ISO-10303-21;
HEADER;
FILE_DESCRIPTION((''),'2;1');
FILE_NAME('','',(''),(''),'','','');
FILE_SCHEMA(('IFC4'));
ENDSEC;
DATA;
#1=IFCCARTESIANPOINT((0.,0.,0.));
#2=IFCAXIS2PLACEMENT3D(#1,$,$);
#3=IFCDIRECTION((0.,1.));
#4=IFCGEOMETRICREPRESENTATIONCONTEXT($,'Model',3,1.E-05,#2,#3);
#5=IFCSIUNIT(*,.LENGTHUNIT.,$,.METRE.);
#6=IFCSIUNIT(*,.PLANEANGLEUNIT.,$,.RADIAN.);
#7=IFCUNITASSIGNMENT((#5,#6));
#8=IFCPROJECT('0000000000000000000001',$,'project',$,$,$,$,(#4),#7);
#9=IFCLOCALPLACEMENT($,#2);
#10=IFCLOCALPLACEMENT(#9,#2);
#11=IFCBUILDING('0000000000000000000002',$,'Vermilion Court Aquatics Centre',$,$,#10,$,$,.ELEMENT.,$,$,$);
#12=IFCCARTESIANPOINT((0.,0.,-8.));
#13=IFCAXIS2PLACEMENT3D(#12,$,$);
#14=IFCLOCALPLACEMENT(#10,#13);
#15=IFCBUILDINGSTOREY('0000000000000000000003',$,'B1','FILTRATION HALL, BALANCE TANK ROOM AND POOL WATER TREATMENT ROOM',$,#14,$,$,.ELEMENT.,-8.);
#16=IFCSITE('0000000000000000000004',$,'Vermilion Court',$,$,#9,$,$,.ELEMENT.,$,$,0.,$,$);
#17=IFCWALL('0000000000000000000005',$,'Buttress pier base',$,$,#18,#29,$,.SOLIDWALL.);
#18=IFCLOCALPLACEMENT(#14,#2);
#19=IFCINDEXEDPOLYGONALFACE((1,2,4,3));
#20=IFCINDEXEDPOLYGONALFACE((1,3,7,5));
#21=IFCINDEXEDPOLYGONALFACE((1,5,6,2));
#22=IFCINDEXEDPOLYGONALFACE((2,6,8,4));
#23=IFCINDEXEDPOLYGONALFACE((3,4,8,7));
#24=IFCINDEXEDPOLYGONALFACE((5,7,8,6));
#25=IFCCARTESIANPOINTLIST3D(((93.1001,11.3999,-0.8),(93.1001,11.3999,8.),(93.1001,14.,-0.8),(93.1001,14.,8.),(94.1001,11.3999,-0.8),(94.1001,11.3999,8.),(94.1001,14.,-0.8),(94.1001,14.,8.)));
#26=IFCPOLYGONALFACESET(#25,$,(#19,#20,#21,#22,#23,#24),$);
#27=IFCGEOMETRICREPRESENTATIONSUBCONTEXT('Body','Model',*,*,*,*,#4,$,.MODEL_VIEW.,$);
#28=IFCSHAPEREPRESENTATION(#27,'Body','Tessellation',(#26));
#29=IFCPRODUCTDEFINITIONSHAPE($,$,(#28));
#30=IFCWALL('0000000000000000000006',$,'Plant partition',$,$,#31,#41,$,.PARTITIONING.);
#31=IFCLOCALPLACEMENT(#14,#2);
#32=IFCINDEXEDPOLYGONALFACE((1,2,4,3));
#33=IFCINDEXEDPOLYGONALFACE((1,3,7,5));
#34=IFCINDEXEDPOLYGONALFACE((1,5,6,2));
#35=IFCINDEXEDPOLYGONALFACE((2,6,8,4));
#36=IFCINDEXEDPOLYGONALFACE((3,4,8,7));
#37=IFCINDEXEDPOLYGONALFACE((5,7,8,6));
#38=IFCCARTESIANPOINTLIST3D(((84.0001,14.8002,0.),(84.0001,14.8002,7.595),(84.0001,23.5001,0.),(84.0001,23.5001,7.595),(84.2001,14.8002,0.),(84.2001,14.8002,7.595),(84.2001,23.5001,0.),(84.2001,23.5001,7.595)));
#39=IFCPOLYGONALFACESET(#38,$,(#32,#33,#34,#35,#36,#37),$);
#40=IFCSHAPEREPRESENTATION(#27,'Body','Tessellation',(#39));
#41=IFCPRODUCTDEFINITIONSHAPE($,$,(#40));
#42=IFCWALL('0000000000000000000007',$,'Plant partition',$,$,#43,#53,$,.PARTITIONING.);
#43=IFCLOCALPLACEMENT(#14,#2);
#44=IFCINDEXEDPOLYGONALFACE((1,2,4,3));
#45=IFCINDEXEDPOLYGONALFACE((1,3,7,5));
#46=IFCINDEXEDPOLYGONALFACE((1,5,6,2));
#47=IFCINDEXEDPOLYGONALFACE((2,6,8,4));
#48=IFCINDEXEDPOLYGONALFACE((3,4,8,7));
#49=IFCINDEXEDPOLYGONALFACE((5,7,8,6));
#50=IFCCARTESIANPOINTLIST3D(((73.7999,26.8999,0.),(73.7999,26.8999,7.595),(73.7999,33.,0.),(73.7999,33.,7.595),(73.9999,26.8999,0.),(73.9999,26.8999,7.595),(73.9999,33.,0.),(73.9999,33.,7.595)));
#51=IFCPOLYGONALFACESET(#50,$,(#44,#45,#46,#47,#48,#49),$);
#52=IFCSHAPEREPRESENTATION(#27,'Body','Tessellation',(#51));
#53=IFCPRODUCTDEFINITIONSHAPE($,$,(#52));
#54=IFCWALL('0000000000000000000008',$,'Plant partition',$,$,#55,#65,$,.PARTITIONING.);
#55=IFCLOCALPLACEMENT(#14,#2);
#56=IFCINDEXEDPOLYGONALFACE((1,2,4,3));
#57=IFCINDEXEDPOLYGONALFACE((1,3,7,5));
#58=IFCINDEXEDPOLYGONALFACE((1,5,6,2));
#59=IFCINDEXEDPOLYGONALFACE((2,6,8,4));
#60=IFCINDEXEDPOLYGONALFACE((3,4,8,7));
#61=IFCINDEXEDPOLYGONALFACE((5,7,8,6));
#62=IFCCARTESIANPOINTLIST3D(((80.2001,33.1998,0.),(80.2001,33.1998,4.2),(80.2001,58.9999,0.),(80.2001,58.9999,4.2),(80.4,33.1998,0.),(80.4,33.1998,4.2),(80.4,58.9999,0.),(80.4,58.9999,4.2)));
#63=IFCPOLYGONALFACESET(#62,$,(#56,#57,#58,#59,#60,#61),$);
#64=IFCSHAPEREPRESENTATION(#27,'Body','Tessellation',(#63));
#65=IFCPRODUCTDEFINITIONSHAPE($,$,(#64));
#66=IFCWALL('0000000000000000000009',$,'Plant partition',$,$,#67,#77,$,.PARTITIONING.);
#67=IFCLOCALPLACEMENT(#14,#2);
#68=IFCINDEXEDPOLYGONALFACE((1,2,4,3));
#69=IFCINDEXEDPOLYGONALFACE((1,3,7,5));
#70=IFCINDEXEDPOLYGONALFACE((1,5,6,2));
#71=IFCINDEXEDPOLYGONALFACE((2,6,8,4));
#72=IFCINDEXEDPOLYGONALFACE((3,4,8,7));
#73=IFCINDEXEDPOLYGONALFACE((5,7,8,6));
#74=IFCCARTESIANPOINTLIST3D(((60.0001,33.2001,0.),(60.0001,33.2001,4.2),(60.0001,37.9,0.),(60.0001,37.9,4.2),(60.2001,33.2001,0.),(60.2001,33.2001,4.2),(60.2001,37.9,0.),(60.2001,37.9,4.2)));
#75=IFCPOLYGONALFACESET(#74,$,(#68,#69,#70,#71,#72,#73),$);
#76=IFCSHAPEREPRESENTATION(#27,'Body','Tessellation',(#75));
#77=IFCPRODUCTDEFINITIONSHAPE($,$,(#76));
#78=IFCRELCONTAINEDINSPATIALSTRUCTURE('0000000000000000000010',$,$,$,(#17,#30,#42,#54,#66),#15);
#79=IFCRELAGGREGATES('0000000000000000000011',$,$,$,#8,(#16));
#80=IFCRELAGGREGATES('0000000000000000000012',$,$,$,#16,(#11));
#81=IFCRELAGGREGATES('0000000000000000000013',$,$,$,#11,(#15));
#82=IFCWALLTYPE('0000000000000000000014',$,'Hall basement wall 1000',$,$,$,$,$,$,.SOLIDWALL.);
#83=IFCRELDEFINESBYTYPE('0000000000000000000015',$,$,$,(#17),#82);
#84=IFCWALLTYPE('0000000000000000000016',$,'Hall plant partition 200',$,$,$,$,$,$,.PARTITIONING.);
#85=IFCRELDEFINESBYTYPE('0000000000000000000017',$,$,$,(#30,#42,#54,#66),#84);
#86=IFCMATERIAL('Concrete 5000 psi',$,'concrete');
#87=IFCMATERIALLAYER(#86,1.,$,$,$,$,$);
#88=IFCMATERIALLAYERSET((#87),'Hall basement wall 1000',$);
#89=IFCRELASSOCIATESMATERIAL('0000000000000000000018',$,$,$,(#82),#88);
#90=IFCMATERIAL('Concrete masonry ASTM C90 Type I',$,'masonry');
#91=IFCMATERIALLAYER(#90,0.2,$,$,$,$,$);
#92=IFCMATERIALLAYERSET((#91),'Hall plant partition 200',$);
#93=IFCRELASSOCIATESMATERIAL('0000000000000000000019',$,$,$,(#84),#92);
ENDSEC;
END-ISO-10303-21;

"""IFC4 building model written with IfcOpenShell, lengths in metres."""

from ifc_helpers import new_model, si_unit, direction, frame, frame_2d, origin, place, context, subcontext, project, spatial, rectangle, extrude, material, layer, layer_set, type_object, element, save


model = new_model("IFC4")

# Units and contexts
model_context = context("Model", 3, precision=1e-05, world=origin(), true_north=direction((0.0, 1.0)))
body_context = subcontext(model_context, "Body", "Model", "MODEL_VIEW")
ifc_project = project(units=[si_unit("LENGTHUNIT", "METRE"), si_unit("PLANEANGLEUNIT", "RADIAN")], contexts=[model_context])

# Site, building, storey
site_placement = place(None, origin())
site = spatial("IfcSite", under=ifc_project, at=site_placement, Name="Vermilion Court", CompositionType="ELEMENT", RefElevation=0.0)
building_placement = place(site_placement, origin())
building = spatial("IfcBuilding", under=site, at=building_placement, Name="Vermilion Court Aquatics Centre", CompositionType="ELEMENT")
storey_placement = place(building_placement, frame((0.0, 0.0, -8.0)))
storey = spatial("IfcBuildingStorey", under=building, at=storey_placement, Name="B1", Description="FILTRATION HALL, BALANCE TANK ROOM AND POOL WATER TREATMENT ROOM", CompositionType="ELEMENT", Elevation=-8.0)

# Walls
ifc_material_1 = material(Name="Concrete 5000 psi", Category="concrete")
ifc_layer_1 = layer(ifc_material_1, 1.0)
ifc_layer_set_1 = layer_set([ifc_layer_1], Name="Hall basement wall 1000")
wall_type_1 = type_object("IfcWallType", Name="Hall basement wall 1000", PredefinedType="SOLIDWALL", material=ifc_layer_set_1)
for number, where, z_axis, x_axis, name in (
    (1, (93.6001, 11.3999, -0.8), (0.0, 0.0, 1.0), (0.0, 1.0, 0.0), "Buttress pier base"),
):
    element("IfcWall", number, at=place(storey_placement, frame(where, z_axis=z_axis, x_axis=x_axis)), inside=storey, type_object=wall_type_1, Name=name, PredefinedType="SOLIDWALL", context=body_context, shape_type="SweptSolid", body=[
        extrude(rectangle(XDim=2.6001, YDim=1.0, at=frame_2d((1.3, 0.0))), origin(), (0.0, 0.0, 1.0), 8.8),
    ])
ifc_material_2 = material(Name="Concrete masonry ASTM C90 Type I", Category="masonry")
ifc_layer_2 = layer(ifc_material_2, 0.2)
ifc_layer_set_2 = layer_set([ifc_layer_2], Name="Hall plant partition 200")
wall_type_2 = type_object("IfcWallType", Name="Hall plant partition 200", PredefinedType="PARTITIONING", material=ifc_layer_set_2)
wall_1_placement = place(storey_placement, frame((84.1001, 14.8, 0.0), z_axis=(0.0, 0.0, 1.0), x_axis=(0.0, 1.0, 0.0)))
element("IfcWall", 2, at=wall_1_placement, inside=storey, type_object=wall_type_2, Name="Plant partition", PredefinedType="PARTITIONING", context=body_context, shape_type="SweptSolid", body=[
    extrude(rectangle(XDim=8.7, YDim=0.2, at=frame_2d((4.3501, 0.0))), origin(), (0.0, 0.0, 1.0), 7.595),
])
wall_2_placement = place(storey_placement, frame((73.8999, 26.8999, 0.0), z_axis=(0.0, 0.0, 1.0), x_axis=(0.0, 1.0, 0.0)))
element("IfcWall", 3, at=wall_2_placement, inside=storey, type_object=wall_type_2, Name="Plant partition", PredefinedType="PARTITIONING", context=body_context, shape_type="SweptSolid", body=[
    extrude(rectangle(XDim=6.1001, YDim=0.2, at=frame_2d((3.05, 0.0))), origin(), (0.0, 0.0, 1.0), 7.595),
])
wall_3_placement = place(storey_placement, frame((80.3, 33.2, 0.0), z_axis=(0.0, 0.0, 1.0), x_axis=(0.0, 1.0, 0.0)))
element("IfcWall", 4, at=wall_3_placement, inside=storey, type_object=wall_type_2, Name="Plant partition", PredefinedType="PARTITIONING", context=body_context, shape_type="SweptSolid", body=[
    extrude(rectangle(XDim=25.8, YDim=0.2, at=frame_2d((12.8999, 0.0))), origin(), (0.0, 0.0, 1.0), 4.2),
])
wall_4_placement = place(storey_placement, frame((60.1001, 33.2, 0.0), z_axis=(0.0, 0.0, 1.0), x_axis=(0.0, 1.0, 0.0)))
element("IfcWall", 5, at=wall_4_placement, inside=storey, type_object=wall_type_2, Name="Plant partition", PredefinedType="PARTITIONING", context=body_context, shape_type="SweptSolid", body=[
    extrude(rectangle(XDim=4.7, YDim=0.2, at=frame_2d((2.3501, 0.0))), origin(), (0.0, 0.0, 1.0), 4.2),
])

save(model, "model.ifc")
